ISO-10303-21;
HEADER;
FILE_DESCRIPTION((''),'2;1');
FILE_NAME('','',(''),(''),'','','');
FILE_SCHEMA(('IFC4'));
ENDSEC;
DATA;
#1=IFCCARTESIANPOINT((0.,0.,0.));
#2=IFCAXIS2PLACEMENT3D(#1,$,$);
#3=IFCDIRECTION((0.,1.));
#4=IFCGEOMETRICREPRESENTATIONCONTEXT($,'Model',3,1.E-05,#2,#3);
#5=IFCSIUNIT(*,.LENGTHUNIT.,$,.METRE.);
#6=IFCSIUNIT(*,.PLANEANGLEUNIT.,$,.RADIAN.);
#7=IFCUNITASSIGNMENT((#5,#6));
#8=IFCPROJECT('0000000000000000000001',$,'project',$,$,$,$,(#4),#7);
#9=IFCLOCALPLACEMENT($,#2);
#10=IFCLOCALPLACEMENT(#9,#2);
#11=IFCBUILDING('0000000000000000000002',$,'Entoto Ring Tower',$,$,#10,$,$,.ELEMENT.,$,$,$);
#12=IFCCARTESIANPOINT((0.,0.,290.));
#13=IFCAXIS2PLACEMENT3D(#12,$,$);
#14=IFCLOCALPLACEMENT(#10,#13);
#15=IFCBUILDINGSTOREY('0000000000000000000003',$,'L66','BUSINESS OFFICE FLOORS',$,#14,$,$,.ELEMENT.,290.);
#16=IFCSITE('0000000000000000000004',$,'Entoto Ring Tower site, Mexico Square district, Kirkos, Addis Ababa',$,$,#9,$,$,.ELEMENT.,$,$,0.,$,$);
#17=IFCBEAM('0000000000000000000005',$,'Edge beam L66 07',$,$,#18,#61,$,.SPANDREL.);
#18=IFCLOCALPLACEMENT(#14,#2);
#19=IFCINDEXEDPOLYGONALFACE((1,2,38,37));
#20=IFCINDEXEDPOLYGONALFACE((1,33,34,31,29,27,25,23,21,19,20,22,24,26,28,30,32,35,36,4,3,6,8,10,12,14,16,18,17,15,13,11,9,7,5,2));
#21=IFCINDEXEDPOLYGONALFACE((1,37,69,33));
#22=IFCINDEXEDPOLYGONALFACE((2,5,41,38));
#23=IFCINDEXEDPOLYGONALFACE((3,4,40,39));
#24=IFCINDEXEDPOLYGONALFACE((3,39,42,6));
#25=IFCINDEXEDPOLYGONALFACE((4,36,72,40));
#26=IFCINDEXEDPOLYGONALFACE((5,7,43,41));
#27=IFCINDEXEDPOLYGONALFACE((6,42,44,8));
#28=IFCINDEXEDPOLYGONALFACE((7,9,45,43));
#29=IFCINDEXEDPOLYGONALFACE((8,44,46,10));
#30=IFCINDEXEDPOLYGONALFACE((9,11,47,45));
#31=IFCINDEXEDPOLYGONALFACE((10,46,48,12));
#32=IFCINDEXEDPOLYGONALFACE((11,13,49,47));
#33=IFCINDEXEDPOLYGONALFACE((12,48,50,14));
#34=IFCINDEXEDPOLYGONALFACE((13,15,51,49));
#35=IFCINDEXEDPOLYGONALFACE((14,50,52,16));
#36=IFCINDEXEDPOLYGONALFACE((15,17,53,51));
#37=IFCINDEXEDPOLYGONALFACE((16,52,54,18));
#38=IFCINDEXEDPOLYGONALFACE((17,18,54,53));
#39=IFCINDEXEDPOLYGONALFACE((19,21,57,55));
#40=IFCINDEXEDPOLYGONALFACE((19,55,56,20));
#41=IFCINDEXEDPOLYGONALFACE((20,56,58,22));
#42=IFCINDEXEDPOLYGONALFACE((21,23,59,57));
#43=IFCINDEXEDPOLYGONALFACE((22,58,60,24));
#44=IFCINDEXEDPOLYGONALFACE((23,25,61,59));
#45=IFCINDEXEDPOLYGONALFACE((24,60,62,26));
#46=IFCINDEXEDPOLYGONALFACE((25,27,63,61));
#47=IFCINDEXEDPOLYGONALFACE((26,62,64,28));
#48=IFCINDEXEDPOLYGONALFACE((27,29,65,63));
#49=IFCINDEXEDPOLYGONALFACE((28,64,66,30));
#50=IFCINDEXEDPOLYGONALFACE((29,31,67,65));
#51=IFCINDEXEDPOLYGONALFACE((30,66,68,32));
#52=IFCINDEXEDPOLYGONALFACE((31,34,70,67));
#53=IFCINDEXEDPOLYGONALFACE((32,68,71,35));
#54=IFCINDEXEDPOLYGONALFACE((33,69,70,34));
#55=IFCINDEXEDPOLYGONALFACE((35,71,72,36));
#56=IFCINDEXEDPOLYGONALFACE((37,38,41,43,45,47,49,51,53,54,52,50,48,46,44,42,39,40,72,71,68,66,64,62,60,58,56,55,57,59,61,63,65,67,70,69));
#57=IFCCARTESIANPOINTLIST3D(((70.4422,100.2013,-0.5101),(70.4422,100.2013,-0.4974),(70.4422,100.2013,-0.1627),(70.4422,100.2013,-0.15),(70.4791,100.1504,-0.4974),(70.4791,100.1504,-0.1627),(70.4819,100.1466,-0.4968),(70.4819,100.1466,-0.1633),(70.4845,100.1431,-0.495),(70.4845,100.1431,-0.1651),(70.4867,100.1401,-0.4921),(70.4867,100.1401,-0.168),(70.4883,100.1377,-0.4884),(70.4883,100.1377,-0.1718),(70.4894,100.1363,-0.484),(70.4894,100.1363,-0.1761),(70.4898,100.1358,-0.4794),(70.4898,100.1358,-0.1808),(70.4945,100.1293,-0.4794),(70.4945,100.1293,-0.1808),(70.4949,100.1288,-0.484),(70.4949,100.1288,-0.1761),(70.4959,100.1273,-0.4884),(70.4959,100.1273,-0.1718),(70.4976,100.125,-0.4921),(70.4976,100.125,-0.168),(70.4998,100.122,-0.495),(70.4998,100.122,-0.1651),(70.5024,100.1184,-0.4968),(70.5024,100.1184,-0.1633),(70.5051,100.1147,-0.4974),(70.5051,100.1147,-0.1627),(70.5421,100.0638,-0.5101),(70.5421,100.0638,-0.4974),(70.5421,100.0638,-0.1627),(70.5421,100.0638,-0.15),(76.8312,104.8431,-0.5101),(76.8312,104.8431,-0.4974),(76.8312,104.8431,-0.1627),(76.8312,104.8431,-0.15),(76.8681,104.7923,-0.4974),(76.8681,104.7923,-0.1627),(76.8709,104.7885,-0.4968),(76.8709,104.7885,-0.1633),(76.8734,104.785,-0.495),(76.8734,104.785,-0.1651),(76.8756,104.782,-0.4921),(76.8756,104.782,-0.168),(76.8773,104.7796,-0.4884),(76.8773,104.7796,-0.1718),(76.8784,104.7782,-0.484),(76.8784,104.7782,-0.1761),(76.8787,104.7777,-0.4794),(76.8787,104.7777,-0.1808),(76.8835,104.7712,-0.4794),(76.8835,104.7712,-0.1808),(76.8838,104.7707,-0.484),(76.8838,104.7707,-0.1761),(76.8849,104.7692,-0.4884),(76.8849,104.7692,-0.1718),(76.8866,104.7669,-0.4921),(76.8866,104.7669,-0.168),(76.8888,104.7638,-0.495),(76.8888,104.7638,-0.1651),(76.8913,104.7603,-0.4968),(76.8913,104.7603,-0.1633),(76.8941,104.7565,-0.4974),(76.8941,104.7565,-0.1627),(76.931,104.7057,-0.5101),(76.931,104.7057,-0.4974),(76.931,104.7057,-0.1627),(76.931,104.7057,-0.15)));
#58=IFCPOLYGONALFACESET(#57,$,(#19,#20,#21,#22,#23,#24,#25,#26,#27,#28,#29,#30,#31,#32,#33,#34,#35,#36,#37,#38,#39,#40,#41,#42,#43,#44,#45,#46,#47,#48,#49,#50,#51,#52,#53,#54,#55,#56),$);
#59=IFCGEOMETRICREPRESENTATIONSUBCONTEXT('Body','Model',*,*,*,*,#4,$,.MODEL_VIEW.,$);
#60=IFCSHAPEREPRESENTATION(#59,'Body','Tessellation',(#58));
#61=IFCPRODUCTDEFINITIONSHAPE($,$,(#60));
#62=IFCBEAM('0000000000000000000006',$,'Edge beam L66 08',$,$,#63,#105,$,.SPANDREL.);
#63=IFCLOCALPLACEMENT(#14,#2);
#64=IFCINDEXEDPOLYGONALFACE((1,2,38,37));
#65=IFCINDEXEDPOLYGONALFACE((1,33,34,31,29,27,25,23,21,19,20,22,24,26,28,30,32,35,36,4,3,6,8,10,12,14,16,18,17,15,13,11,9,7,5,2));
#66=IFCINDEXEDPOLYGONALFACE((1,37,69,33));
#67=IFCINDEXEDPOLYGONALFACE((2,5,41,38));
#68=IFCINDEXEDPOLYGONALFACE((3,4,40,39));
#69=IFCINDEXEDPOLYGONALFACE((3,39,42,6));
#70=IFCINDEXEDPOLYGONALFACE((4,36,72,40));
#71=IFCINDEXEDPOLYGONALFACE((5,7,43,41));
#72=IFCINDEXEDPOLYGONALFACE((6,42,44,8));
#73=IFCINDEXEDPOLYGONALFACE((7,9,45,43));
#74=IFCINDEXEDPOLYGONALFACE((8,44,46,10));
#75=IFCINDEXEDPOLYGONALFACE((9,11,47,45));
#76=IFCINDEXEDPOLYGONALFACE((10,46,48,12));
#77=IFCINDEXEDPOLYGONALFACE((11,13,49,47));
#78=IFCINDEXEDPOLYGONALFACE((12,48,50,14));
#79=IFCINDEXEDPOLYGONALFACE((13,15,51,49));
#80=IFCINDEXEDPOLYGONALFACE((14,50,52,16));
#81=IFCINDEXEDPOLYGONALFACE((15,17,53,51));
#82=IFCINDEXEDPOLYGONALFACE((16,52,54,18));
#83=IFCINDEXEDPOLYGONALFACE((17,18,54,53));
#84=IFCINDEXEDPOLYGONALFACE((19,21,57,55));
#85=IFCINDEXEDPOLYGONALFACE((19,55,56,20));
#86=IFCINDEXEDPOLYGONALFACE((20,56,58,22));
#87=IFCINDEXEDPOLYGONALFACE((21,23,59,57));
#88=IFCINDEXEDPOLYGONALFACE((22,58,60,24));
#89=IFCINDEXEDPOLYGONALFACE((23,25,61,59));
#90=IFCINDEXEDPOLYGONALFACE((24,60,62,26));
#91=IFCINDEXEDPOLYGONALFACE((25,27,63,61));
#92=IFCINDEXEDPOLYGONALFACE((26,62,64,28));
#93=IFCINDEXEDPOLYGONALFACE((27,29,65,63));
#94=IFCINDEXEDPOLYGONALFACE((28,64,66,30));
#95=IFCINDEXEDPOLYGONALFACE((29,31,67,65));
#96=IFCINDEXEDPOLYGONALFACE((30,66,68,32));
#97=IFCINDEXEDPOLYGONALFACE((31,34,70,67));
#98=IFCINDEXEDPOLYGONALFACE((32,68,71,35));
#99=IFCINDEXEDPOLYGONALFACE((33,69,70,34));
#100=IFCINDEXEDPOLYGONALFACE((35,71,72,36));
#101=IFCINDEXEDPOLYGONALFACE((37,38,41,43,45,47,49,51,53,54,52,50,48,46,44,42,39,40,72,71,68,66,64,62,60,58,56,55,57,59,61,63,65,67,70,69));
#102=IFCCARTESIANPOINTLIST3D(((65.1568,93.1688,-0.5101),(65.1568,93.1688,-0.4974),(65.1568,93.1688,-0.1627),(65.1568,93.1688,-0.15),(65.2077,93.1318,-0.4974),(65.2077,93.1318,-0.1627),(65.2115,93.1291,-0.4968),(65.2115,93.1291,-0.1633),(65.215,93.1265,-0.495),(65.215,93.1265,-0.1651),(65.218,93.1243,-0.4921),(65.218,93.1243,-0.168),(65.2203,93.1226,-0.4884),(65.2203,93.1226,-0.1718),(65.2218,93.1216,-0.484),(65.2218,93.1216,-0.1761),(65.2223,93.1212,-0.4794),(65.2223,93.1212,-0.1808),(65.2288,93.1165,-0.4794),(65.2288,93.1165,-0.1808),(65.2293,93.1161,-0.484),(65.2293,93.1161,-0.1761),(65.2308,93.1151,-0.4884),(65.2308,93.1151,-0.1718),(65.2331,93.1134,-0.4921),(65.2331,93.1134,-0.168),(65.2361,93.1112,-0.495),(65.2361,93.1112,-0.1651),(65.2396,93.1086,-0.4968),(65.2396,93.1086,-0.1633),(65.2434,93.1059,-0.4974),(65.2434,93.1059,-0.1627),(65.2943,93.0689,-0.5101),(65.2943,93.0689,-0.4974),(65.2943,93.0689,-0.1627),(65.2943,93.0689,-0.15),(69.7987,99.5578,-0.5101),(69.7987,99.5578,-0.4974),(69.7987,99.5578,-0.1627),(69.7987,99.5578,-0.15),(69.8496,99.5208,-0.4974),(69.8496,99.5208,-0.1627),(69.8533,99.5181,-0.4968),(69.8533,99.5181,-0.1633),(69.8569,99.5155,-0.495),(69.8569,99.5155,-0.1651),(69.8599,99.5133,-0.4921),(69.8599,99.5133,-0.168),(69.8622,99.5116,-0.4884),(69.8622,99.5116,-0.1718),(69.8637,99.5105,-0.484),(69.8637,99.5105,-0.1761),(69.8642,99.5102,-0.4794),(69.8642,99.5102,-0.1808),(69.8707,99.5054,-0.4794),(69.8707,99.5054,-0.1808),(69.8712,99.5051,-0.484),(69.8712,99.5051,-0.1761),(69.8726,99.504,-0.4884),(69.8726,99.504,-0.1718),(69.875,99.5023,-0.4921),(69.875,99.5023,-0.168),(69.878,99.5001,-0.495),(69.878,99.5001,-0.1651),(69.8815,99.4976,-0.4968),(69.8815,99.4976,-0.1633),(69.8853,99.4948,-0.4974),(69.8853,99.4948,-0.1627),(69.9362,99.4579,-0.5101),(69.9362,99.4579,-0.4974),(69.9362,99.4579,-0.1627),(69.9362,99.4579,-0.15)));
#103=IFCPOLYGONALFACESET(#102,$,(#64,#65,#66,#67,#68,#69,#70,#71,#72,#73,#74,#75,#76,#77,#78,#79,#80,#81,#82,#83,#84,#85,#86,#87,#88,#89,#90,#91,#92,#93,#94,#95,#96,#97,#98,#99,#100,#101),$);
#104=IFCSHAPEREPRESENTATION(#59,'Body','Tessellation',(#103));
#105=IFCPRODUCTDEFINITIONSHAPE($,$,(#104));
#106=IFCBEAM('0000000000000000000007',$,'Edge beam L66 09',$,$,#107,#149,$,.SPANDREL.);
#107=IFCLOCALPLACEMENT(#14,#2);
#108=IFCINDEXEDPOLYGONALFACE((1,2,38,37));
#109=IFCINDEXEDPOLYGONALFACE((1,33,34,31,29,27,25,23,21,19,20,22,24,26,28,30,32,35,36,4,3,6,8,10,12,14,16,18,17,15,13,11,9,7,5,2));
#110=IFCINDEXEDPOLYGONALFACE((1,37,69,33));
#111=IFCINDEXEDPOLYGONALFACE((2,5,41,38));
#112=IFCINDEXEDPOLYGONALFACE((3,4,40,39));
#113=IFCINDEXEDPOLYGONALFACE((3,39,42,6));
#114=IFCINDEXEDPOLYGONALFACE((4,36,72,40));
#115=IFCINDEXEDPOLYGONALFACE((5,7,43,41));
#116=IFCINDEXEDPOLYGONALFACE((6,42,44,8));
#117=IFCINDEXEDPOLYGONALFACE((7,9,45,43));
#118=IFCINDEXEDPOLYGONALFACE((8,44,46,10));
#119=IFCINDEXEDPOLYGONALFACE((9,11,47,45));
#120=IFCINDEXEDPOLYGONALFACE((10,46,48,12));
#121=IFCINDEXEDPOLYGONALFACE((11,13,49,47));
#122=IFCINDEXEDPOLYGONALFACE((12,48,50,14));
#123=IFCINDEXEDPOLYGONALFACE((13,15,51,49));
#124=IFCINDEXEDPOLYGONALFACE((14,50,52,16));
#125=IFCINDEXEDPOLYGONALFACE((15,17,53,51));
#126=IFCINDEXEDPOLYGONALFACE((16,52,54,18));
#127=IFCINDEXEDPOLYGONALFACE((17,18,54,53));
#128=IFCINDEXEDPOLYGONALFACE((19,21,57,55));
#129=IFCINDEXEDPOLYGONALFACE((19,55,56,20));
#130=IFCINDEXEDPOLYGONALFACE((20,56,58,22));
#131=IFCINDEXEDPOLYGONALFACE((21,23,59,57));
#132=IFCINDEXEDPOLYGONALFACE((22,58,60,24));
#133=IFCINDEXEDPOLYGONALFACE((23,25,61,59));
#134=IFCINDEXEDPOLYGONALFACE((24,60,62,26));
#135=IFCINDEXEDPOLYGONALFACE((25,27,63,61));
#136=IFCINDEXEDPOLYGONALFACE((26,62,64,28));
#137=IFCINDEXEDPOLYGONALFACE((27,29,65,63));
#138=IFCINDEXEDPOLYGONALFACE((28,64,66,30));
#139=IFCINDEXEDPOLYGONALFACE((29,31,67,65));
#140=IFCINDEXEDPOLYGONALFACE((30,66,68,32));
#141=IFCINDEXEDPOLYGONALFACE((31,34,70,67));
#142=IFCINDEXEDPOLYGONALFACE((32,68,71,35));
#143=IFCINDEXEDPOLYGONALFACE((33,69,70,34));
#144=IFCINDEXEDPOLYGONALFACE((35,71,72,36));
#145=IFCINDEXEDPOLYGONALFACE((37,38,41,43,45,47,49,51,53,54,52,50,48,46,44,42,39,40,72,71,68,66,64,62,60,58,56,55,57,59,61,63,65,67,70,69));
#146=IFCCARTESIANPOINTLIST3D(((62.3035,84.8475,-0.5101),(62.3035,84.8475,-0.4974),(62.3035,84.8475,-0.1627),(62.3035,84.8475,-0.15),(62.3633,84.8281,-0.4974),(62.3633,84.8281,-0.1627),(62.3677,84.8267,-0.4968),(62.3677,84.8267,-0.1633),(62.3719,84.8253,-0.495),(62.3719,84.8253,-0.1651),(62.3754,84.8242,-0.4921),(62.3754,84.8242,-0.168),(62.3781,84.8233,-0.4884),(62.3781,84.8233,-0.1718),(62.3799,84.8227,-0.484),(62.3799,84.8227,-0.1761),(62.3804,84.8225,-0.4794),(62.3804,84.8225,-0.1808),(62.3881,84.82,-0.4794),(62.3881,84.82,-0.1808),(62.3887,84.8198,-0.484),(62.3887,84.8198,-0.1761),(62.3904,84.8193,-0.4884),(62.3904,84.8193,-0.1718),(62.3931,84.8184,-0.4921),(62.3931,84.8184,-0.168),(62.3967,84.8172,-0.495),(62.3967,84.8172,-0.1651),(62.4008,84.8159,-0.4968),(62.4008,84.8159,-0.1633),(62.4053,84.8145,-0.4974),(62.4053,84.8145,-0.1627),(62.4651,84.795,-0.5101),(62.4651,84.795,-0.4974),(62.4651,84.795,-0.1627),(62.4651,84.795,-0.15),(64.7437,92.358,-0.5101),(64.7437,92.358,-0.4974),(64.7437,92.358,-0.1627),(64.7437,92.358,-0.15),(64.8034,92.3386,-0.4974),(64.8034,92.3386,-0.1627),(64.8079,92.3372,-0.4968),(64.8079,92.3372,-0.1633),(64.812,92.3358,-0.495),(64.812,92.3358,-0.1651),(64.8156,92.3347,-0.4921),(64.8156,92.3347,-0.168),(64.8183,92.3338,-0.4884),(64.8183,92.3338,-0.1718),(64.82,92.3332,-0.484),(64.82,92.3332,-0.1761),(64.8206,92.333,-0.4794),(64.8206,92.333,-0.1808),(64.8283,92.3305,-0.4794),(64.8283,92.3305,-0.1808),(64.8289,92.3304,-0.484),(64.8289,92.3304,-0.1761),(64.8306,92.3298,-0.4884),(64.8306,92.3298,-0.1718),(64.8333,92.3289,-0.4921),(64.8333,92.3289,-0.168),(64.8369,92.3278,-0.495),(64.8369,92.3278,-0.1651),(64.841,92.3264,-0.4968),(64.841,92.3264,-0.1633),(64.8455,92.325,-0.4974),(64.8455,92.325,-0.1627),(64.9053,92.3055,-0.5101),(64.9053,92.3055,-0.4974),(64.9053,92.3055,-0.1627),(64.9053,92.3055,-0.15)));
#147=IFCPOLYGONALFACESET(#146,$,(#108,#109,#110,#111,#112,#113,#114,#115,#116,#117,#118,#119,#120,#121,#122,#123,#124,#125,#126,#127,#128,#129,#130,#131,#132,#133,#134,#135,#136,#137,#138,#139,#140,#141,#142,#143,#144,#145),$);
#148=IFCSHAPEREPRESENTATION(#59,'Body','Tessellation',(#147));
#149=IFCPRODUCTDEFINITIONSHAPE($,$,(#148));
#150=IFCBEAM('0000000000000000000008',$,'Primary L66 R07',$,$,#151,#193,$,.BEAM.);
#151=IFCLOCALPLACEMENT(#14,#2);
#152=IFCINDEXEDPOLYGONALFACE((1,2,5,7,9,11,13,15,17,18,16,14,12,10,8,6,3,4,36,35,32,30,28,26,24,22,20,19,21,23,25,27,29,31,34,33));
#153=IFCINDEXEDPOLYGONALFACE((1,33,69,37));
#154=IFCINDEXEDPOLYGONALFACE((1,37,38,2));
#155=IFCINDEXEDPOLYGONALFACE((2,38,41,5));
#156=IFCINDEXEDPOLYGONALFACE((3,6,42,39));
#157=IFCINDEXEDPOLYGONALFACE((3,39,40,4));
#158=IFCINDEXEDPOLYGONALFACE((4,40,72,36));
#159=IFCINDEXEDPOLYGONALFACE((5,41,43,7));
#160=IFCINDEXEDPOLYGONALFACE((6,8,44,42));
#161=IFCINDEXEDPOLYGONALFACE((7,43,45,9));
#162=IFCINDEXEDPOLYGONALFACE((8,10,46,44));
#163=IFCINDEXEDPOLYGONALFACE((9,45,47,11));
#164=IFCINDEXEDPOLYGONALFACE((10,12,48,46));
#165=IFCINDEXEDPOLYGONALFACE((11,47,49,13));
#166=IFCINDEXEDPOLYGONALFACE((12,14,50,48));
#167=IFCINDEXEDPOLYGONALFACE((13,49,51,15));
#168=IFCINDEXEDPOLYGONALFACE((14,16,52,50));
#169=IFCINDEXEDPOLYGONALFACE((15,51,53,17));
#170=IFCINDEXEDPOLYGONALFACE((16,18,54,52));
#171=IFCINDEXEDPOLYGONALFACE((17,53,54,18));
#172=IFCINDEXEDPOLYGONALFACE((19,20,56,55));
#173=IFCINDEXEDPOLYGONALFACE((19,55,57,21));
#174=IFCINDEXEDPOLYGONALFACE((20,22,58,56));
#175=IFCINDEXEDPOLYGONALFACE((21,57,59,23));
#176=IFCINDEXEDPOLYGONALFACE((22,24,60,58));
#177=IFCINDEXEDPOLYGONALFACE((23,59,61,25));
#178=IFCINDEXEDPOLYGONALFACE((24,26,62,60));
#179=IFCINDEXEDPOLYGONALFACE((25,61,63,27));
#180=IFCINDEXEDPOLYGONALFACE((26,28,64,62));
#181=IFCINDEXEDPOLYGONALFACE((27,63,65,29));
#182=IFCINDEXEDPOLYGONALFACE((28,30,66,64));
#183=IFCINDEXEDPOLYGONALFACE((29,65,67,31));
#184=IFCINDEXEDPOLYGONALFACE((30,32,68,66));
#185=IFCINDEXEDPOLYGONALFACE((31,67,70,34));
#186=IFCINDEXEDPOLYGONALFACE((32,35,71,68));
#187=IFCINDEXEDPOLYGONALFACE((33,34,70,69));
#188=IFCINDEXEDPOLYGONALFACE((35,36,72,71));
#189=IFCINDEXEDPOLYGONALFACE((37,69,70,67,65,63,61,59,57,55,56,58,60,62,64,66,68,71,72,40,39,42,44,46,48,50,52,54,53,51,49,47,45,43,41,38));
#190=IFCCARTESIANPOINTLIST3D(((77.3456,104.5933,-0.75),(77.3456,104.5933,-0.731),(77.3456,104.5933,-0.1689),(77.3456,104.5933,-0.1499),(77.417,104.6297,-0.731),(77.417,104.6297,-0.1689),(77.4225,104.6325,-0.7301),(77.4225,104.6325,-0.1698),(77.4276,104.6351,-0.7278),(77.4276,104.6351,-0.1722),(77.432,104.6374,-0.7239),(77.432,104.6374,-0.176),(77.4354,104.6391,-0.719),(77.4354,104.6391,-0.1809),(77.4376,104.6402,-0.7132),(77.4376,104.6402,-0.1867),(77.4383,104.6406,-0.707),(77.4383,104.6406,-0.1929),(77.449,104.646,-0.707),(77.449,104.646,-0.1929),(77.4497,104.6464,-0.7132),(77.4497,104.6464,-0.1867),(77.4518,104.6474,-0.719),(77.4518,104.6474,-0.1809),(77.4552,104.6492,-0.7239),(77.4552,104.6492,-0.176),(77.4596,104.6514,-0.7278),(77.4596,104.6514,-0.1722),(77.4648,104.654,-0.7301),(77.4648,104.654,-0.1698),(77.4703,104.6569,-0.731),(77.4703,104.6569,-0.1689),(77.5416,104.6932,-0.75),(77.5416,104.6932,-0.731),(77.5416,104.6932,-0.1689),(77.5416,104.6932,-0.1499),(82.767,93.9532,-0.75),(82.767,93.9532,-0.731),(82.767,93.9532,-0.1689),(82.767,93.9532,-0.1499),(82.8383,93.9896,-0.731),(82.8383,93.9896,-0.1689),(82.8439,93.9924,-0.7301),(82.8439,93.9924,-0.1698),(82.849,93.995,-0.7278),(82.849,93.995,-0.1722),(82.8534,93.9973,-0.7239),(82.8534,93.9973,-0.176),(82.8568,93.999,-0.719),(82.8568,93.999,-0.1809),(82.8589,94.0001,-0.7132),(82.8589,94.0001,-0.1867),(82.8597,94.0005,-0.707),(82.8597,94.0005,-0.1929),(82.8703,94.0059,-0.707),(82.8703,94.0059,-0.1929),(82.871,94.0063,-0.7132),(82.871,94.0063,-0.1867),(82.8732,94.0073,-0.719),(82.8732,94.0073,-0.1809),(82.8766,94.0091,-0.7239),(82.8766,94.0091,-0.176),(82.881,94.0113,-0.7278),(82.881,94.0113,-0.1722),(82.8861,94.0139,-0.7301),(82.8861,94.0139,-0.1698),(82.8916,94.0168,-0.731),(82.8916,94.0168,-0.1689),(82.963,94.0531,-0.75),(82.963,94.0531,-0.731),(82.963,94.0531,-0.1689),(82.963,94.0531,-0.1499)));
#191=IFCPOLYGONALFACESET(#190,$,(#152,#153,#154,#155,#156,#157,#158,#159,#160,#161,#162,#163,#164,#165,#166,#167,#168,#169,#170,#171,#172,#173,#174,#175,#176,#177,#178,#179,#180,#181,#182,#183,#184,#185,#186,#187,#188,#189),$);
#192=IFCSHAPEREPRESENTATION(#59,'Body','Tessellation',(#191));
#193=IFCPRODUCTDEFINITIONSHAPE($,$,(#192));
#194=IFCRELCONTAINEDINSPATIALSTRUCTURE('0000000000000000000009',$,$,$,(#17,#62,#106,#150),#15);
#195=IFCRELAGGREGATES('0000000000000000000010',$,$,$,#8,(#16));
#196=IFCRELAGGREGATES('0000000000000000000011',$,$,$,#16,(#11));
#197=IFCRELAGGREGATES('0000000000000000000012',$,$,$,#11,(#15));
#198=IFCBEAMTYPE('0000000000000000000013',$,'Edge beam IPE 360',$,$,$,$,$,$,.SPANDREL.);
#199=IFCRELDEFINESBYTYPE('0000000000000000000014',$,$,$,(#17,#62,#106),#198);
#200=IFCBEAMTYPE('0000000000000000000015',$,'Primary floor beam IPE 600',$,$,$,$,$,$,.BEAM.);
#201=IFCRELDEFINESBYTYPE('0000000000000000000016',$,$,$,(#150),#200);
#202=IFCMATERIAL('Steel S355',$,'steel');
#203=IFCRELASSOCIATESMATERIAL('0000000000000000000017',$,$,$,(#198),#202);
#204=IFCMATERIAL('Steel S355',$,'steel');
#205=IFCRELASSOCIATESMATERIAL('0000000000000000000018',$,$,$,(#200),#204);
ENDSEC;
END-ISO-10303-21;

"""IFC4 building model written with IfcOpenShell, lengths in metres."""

from ifc_helpers import new_model, si_unit, direction, frame, origin, origin_2d, place, context, subcontext, project, spatial, i_section, extrude, material, material_profile, profile_set, type_object, element, save


model = new_model("IFC4")

# Units and contexts
model_context = context("Model", 3, precision=1e-05, world=origin(), true_north=direction((0.0, 1.0)))
body_context = subcontext(model_context, "Body", "Model", "MODEL_VIEW")
ifc_project = project(units=[si_unit("LENGTHUNIT", "METRE"), si_unit("PLANEANGLEUNIT", "RADIAN")], contexts=[model_context])

# Site, building, storey
site_placement = place(None, origin())
site = spatial("IfcSite", under=ifc_project, at=site_placement, Name="Entoto Ring Tower site, Mexico Square district, Kirkos, Addis Ababa", CompositionType="ELEMENT", RefElevation=0.0)
building_placement = place(site_placement, origin())
building = spatial("IfcBuilding", under=site, at=building_placement, Name="Entoto Ring Tower", CompositionType="ELEMENT")
storey_placement = place(building_placement, frame((0.0, 0.0, 290.0)))
storey = spatial("IfcBuildingStorey", under=building, at=storey_placement, Name="L66", Description="BUSINESS OFFICE FLOORS", CompositionType="ELEMENT", Elevation=290.0)

# Beams
ifc_material_1 = material(Name="Steel S355", Category="steel")
ifc_material_profile_1 = material_profile(ifc_material_1, i_section(OverallWidth=0.1699, OverallDepth=0.3601, WebThickness=0.0081, FlangeThickness=0.0127, FilletRadius=0.0181, at=origin_2d()), Name="IPE 360")
ifc_profile_set_1 = profile_set([ifc_material_profile_1], Name="Steel S355")
beam_type_1 = type_object("IfcBeamType", Name="Edge beam IPE 360", PredefinedType="SPANDREL", material=ifc_profile_set_1)
for number, where, z_axis, x_axis, name in (
    (1, (76.8811, 104.7744, -0.3301), (-0.809015, -0.587787, 0.0), (0.587787, -0.809015, 0.0), "Edge beam L66 07"),
    (2, (69.8674, 99.5078, -0.3301), (-0.587787, -0.809015, 0.0), (0.809015, -0.587787, 0.0), "Edge beam L66 08"),
):
    element("IfcBeam", number, at=place(storey_placement, frame(where, z_axis=z_axis, x_axis=x_axis)), inside=storey, type_object=beam_type_1, Name=name, PredefinedType="SPANDREL", context=body_context, shape_type="SweptSolid", body=[
        extrude(i_section(OverallWidth=0.1699, OverallDepth=0.3601, WebThickness=0.0081, FlangeThickness=0.0127, FilletRadius=0.0181, at=origin_2d()), origin(), (0.0, 0.0, 1.0), 7.8972),
    ])
beam_1_placement = place(storey_placement, frame((64.8245, 92.3318, -0.3301), z_axis=(-0.309003, -0.951061, 0.0), x_axis=(0.951061, -0.309003, 0.0)))
element("IfcBeam", 3, at=beam_1_placement, inside=storey, type_object=beam_type_1, Name="Edge beam L66 09", PredefinedType="SPANDREL", context=body_context, shape_type="SweptSolid", body=[
    extrude(i_section(OverallWidth=0.1699, OverallDepth=0.3601, WebThickness=0.0081, FlangeThickness=0.0127, FilletRadius=0.0181, at=origin_2d()), origin(), (0.0, 0.0, 1.0), 7.897),
])
ifc_material_2 = material(Name="Steel S355", Category="steel")
ifc_material_profile_2 = material_profile(ifc_material_2, i_section(OverallWidth=0.22, OverallDepth=0.6001, WebThickness=0.012, FlangeThickness=0.019, FilletRadius=0.0239, at=origin_2d()), Name="IPE 600")
ifc_profile_set_2 = profile_set([ifc_material_profile_2], Name="Steel S355")
beam_type_2 = type_object("IfcBeamType", Name="Primary floor beam IPE 600", PredefinedType="BEAM", material=ifc_profile_set_2)
beam_2_placement = place(storey_placement, frame((82.865, 94.0032, -0.45), z_axis=(-0.453988, 0.891008, 0.0), x_axis=(-0.891008, -0.453988, 0.0)))
element("IfcBeam", 4, at=beam_2_placement, inside=storey, type_object=beam_type_2, Name="Primary L66 R07", PredefinedType="BEAM", context=body_context, shape_type="SweptSolid", body=[
    extrude(i_section(OverallWidth=0.22, OverallDepth=0.6001, WebThickness=0.012, FlangeThickness=0.019, FilletRadius=0.0239, at=origin_2d()), origin(), (0.0, 0.0, 1.0), 11.9417),
])

save(model, "model.ifc")
